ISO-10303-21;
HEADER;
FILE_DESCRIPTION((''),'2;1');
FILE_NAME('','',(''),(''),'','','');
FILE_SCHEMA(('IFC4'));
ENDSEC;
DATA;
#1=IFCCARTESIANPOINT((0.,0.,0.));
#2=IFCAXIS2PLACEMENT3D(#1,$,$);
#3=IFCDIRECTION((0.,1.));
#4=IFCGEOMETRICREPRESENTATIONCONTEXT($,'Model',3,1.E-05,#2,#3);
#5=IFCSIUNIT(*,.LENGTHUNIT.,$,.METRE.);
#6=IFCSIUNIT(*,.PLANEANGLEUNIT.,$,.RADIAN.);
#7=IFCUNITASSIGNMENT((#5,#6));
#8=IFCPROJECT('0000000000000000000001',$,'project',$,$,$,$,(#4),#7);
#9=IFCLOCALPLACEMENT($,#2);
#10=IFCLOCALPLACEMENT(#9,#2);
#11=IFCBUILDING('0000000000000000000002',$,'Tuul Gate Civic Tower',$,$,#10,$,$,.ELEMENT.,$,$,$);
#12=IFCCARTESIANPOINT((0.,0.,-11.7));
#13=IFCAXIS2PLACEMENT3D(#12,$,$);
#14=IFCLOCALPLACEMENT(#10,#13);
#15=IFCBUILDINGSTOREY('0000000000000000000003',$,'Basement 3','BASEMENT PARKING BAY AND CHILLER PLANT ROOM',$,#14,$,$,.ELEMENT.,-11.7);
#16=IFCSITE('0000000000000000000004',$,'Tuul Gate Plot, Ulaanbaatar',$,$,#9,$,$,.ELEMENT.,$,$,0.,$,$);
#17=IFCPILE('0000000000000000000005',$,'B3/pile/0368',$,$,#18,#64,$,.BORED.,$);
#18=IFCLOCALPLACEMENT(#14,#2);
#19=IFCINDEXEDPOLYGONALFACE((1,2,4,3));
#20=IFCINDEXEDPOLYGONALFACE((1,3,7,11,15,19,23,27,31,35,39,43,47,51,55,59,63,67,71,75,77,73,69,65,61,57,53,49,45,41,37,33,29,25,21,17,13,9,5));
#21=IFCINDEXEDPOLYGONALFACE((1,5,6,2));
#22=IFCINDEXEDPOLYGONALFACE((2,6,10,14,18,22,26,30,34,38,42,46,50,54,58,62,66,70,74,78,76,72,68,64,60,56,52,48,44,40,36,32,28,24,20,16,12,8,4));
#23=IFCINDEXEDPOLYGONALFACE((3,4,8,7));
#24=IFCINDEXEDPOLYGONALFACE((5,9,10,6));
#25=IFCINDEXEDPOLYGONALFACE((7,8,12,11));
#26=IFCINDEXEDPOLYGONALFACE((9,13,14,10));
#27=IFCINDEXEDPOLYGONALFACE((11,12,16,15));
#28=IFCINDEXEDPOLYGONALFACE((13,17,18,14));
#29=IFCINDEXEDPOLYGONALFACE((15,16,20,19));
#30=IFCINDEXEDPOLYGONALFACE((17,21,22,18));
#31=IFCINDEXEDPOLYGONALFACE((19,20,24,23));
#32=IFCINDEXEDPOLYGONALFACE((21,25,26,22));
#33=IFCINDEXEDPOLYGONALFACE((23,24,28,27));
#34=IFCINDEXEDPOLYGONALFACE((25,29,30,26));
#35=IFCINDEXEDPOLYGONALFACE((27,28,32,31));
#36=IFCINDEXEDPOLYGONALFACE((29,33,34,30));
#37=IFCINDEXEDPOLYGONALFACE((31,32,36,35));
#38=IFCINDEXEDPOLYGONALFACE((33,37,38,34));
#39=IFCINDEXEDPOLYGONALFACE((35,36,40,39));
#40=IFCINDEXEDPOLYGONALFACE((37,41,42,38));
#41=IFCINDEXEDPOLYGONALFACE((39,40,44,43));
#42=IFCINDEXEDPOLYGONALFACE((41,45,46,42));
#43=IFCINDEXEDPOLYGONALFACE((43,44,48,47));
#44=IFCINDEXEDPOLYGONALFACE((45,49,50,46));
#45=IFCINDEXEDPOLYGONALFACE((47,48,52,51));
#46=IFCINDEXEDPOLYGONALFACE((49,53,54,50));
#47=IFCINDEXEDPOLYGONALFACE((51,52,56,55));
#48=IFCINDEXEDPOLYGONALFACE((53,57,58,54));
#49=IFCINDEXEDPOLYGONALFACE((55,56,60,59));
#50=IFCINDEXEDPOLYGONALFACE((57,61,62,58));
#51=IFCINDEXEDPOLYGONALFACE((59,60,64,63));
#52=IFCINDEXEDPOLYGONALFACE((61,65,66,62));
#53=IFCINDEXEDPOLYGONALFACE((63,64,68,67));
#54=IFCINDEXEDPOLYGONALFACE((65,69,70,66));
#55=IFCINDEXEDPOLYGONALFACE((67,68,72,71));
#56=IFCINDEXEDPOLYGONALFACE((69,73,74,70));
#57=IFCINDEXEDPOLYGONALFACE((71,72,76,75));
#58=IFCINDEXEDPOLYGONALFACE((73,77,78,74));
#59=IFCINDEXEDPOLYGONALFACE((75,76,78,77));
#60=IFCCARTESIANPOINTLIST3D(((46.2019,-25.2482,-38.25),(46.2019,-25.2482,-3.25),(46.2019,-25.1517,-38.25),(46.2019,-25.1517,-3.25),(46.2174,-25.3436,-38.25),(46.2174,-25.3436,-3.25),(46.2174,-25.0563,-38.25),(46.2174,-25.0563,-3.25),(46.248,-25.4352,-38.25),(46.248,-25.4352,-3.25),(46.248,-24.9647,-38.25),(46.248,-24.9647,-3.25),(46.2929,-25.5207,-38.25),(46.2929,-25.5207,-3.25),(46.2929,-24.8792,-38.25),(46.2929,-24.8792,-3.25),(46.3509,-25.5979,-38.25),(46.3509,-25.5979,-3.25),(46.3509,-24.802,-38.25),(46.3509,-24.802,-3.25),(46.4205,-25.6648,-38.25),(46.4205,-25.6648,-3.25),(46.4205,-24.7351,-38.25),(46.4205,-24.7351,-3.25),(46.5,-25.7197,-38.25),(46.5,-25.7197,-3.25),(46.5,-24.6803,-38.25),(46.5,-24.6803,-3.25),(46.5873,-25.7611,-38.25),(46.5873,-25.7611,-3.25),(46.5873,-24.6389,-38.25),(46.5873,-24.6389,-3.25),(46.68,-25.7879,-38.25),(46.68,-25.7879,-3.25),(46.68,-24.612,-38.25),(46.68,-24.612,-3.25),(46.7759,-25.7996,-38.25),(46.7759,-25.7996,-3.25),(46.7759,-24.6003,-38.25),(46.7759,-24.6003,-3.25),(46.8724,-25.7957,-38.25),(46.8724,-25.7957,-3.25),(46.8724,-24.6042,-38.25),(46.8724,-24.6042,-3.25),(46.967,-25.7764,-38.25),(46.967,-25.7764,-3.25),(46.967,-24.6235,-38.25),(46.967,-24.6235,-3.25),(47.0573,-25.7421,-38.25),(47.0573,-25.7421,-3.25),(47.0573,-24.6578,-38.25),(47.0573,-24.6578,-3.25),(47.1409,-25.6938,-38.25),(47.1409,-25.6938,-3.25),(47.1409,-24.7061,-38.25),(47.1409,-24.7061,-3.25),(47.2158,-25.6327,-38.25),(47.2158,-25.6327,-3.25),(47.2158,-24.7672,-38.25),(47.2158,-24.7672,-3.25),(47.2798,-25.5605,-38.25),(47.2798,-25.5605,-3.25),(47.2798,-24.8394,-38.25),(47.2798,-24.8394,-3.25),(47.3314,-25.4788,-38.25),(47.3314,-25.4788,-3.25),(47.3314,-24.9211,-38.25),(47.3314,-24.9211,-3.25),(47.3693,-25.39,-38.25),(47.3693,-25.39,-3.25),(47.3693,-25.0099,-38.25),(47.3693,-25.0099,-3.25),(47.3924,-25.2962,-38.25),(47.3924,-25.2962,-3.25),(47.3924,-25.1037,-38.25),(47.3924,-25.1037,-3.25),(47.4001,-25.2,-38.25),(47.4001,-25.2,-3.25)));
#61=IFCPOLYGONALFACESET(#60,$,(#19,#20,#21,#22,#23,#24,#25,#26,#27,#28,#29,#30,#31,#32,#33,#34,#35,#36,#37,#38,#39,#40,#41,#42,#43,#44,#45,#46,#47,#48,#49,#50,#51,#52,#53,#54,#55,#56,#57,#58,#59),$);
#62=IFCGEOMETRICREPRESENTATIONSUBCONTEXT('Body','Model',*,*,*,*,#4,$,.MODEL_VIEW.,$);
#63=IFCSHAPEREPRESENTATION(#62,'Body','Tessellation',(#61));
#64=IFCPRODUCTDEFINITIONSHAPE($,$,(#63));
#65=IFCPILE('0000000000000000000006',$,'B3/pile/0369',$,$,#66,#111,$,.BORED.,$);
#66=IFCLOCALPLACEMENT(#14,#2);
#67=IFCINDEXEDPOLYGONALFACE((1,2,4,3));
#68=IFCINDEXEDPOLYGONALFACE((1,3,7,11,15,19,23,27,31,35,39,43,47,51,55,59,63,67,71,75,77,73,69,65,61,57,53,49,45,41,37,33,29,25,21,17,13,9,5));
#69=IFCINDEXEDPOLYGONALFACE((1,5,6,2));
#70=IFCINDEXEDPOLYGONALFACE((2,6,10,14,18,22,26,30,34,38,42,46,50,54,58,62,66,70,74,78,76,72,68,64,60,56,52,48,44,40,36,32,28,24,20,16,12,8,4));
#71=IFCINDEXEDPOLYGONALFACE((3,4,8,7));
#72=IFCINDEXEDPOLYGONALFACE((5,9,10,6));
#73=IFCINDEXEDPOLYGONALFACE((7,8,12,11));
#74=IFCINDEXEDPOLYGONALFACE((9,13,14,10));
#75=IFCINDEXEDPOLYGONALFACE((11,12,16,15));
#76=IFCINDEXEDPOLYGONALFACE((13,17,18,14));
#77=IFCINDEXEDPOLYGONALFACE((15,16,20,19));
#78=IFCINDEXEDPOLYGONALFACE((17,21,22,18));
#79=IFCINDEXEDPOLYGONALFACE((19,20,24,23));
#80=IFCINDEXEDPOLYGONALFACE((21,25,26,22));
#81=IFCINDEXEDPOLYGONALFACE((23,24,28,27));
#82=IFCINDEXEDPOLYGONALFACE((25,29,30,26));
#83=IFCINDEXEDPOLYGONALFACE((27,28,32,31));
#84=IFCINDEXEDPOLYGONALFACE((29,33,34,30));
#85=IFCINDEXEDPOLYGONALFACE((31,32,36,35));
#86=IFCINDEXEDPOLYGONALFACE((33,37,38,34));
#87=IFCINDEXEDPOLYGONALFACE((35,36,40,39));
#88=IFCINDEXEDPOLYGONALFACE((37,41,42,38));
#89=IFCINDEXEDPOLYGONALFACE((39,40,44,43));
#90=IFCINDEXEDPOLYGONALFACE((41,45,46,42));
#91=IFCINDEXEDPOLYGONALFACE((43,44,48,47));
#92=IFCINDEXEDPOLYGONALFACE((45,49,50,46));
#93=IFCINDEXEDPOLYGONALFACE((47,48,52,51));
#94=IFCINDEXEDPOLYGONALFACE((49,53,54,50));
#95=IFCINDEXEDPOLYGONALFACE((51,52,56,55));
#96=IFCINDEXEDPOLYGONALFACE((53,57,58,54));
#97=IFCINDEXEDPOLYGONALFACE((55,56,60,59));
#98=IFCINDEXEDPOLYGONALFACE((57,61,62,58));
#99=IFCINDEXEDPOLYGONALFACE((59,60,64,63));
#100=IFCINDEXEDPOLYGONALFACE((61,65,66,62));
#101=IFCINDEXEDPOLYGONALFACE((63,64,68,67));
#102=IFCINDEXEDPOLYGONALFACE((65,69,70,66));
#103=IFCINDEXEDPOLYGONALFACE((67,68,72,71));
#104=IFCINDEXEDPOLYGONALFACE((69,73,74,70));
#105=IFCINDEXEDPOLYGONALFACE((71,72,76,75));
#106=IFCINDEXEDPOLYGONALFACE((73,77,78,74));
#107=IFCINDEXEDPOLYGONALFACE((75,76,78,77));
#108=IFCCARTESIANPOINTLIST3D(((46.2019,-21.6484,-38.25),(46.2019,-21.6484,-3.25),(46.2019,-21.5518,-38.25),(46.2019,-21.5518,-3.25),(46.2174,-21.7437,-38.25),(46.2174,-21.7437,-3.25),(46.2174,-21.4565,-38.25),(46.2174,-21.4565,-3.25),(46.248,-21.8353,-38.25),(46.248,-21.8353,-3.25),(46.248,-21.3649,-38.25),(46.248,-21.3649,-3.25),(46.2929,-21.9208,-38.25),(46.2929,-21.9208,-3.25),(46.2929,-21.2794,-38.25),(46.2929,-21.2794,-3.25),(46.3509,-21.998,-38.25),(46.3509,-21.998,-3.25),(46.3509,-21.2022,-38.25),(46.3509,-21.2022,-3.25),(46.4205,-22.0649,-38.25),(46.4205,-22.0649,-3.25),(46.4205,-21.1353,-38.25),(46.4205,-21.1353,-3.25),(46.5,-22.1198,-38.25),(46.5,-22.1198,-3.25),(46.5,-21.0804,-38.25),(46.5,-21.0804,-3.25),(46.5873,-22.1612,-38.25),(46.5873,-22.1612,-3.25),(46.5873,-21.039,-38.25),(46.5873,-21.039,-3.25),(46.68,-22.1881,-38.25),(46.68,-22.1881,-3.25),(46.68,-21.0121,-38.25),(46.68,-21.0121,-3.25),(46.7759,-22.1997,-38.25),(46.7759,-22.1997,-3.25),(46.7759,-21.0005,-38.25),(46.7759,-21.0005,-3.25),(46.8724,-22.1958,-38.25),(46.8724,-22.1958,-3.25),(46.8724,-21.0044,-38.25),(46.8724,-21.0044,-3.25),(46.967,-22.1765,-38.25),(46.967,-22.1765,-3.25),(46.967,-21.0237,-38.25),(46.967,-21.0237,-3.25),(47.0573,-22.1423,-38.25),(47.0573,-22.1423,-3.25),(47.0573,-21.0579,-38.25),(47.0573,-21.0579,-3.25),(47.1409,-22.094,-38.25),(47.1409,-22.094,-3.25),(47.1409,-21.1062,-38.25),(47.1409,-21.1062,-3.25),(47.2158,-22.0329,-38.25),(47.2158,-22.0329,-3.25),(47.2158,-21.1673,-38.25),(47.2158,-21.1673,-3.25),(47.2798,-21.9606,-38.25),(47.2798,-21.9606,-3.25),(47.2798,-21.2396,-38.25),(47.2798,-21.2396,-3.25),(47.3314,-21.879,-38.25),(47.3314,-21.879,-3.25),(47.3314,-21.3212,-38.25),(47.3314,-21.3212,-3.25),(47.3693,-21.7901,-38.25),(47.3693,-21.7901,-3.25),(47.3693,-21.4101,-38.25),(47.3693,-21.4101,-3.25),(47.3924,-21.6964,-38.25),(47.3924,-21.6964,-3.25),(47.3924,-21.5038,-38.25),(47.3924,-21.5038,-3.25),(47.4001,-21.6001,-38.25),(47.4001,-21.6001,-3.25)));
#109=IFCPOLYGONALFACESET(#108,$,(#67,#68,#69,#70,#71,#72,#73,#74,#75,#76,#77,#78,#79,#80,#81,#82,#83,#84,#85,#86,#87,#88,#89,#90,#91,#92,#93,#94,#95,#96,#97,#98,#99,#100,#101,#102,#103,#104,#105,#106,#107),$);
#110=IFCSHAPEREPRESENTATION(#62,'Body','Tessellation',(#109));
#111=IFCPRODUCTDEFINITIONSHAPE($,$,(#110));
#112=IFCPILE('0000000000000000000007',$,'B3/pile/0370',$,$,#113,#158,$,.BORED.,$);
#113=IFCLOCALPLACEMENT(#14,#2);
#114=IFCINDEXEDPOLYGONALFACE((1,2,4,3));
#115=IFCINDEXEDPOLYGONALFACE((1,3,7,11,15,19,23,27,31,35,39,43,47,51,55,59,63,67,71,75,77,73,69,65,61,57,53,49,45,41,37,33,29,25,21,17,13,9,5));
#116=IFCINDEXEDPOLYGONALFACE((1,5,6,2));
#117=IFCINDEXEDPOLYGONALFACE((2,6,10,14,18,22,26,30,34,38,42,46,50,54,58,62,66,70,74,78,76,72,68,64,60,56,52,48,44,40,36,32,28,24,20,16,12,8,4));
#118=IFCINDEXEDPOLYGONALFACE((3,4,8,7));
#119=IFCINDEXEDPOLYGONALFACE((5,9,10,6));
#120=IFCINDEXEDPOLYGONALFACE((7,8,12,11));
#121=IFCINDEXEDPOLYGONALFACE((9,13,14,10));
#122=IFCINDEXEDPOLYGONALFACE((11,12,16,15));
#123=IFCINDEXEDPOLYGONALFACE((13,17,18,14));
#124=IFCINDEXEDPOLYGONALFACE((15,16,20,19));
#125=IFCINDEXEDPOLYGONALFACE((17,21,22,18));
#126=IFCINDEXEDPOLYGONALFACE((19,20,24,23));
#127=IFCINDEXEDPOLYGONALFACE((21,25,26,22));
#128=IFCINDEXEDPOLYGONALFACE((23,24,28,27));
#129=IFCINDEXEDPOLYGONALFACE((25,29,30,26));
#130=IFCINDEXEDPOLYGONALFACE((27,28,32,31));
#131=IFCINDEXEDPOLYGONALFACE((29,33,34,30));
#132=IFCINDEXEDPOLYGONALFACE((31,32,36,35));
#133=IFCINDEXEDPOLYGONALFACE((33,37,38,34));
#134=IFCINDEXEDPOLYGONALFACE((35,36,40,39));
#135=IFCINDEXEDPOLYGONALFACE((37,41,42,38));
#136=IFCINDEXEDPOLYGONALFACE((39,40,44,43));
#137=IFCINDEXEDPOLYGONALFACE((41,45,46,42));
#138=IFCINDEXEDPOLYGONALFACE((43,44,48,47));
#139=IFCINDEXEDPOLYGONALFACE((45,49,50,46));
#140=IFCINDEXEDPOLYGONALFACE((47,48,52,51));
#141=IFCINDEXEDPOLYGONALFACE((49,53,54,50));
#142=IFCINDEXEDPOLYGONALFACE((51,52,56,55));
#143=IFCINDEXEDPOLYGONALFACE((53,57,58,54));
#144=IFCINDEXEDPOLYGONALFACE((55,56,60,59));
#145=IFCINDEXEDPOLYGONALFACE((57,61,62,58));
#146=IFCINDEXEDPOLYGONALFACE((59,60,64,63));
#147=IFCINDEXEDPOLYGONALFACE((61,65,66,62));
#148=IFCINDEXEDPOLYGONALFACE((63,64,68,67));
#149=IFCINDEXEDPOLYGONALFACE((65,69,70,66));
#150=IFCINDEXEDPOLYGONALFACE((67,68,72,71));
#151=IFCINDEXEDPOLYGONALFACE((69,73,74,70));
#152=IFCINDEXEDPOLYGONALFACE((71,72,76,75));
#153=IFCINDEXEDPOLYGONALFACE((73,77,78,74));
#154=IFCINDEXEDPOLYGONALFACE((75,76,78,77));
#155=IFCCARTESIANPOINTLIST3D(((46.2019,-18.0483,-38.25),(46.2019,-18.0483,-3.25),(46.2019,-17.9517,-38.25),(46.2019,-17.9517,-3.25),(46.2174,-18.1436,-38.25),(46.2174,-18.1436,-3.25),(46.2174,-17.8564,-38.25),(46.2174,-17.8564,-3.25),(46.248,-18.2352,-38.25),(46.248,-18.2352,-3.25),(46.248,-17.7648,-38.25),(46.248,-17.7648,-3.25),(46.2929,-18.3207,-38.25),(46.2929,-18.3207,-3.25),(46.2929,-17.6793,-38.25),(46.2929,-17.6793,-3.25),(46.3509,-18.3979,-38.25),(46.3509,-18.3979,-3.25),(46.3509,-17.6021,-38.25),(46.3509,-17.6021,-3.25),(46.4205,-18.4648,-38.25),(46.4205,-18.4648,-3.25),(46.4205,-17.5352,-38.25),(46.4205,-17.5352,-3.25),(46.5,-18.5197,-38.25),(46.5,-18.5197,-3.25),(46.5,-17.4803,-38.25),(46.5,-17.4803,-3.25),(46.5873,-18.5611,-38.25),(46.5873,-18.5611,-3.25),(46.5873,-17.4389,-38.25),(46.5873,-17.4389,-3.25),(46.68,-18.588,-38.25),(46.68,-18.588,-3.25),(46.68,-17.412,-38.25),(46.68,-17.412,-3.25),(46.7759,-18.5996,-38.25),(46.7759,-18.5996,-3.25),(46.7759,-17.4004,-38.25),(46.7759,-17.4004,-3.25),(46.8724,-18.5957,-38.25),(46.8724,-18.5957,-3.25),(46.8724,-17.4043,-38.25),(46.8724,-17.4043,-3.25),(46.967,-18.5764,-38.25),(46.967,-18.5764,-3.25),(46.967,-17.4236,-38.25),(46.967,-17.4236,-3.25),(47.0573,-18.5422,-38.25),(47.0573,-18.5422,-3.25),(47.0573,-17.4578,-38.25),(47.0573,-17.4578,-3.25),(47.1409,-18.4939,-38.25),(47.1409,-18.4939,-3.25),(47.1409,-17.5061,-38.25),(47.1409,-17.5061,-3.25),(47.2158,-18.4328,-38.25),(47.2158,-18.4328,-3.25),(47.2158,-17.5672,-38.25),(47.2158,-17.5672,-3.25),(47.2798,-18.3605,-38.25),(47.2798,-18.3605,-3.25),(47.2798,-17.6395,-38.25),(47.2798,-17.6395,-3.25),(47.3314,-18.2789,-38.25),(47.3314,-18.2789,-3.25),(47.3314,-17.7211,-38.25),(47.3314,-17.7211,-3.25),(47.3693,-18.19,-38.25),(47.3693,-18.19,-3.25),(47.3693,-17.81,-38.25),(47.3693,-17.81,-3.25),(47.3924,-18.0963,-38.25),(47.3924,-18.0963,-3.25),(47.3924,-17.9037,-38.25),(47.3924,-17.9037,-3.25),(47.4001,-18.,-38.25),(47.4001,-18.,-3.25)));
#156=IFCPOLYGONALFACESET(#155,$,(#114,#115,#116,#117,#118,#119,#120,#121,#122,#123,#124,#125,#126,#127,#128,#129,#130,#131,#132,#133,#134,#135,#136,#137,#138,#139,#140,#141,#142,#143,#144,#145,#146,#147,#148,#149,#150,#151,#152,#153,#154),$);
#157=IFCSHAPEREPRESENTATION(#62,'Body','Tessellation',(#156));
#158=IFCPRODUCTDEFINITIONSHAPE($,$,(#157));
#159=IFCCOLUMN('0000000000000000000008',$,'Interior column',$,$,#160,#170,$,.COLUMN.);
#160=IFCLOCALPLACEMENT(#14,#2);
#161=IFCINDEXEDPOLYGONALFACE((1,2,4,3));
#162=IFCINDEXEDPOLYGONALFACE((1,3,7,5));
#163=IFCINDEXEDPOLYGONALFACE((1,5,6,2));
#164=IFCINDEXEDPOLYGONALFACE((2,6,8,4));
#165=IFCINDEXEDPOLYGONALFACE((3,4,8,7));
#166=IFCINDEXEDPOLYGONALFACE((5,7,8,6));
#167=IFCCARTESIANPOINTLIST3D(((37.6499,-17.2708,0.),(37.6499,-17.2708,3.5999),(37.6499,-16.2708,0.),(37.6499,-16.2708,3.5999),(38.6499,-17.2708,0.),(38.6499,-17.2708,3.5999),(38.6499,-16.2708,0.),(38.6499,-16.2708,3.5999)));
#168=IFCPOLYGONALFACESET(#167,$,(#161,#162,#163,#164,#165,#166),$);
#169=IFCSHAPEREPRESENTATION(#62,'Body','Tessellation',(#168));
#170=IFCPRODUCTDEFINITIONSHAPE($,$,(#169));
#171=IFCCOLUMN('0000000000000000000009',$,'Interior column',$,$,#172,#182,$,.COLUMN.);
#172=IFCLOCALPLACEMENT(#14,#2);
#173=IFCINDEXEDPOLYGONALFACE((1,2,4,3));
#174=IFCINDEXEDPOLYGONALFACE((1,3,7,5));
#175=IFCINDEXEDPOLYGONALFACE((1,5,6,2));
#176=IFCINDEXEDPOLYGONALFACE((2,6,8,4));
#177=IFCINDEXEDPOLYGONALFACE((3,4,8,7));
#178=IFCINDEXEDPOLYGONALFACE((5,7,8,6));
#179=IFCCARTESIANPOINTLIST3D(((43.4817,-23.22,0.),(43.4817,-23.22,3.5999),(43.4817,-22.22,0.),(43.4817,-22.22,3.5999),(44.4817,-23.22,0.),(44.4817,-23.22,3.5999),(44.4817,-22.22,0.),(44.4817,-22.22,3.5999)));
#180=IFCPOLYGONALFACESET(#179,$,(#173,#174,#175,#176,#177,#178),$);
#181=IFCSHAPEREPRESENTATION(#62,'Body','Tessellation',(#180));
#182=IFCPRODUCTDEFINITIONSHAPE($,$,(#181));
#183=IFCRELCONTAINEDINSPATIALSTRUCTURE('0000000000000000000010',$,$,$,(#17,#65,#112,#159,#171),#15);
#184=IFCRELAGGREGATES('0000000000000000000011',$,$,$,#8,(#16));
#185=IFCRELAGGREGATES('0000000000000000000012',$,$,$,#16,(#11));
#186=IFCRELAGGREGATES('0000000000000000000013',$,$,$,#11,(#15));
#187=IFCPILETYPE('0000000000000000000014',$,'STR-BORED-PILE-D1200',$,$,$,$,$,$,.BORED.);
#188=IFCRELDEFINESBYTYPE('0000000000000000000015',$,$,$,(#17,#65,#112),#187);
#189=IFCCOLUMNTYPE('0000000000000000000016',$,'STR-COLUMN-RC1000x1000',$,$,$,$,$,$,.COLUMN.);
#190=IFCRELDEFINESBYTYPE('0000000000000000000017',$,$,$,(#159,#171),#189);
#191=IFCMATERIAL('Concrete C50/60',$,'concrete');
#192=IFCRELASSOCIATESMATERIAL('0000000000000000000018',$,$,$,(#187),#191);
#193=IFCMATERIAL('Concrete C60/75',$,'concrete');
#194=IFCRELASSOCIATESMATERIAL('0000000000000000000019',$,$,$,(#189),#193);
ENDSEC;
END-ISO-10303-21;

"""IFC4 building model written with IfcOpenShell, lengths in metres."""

from ifc_helpers import new_model, si_unit, direction, frame, origin, origin_2d, place, context, subcontext, project, spatial, rectangle, circle, extrude, material, material_profile, profile_set, type_object, element, save


model = new_model("IFC4")

# Units and contexts
model_context = context("Model", 3, precision=1e-05, world=origin(), true_north=direction((0.0, 1.0)))
body_context = subcontext(model_context, "Body", "Model", "MODEL_VIEW")
ifc_project = project(units=[si_unit("LENGTHUNIT", "METRE"), si_unit("PLANEANGLEUNIT", "RADIAN")], contexts=[model_context])

# Site, building, storey
site_placement = place(None, origin())
site = spatial("IfcSite", under=ifc_project, at=site_placement, Name="Tuul Gate Plot, Ulaanbaatar", CompositionType="ELEMENT", RefElevation=0.0)
building_placement = place(site_placement, origin())
building = spatial("IfcBuilding", under=site, at=building_placement, Name="Tuul Gate Civic Tower", CompositionType="ELEMENT")
storey_placement = place(building_placement, frame((0.0, 0.0, -11.7)))
storey = spatial("IfcBuildingStorey", under=building, at=storey_placement, Name="Basement 3", Description="BASEMENT PARKING BAY AND CHILLER PLANT ROOM", CompositionType="ELEMENT", Elevation=-11.7)

# Piles
ifc_material_1 = material(Name="Concrete C50/60", Category="concrete")
ifc_material_profile_1 = material_profile(ifc_material_1, circle(Radius=0.6001, at=origin_2d()), Name="PILE1200")
ifc_profile_set_1 = profile_set([ifc_material_profile_1], Name="Concrete C50/60")
pile_type = type_object("IfcPileType", Name="STR-BORED-PILE-D1200", PredefinedType="BORED", material=ifc_profile_set_1)
for number, where, z_axis, x_axis, name in (
    (1, (46.8, -25.2, -3.25), (0.0, 0.0, -1.0), (1.0, 0.0, 0.0), "B3/pile/0368"),
    (2, (46.8, -21.6001, -3.25), (0.0, 0.0, -1.0), (1.0, 0.0, 0.0), "B3/pile/0369"),
    (3, (46.8, -18.0, -3.25), (0.0, 0.0, -1.0), (1.0, 0.0, 0.0), "B3/pile/0370"),
):
    element("IfcPile", number, at=place(storey_placement, frame(where, z_axis=z_axis, x_axis=x_axis)), inside=storey, type_object=pile_type, Name=name, PredefinedType="BORED", context=body_context, shape_type="SweptSolid", body=[
        extrude(circle(Radius=0.6001, at=origin_2d()), origin(), (0.0, 0.0, 1.0), 35.0),
    ])

# Columns
ifc_material_2 = material(Name="Concrete C60/75", Category="concrete")
ifc_material_profile_2 = material_profile(ifc_material_2, rectangle(XDim=1.0, YDim=1.0, at=origin_2d()), Name="RC1000x1000")
ifc_profile_set_2 = profile_set([ifc_material_profile_2], Name="Concrete C60/75")
column_type = type_object("IfcColumnType", Name="STR-COLUMN-RC1000x1000", PredefinedType="COLUMN", material=ifc_profile_set_2)
for number, where, z_axis, x_axis, name in (
    (4, (38.1499, -16.7708, 0.0), (0.0, 0.0, 1.0), (1.0, 0.0, 0.0), "Interior column"),
    (5, (43.9817, -22.72, 0.0), (0.0, 0.0, 1.0), (1.0, 0.0, 0.0), "Interior column"),
):
    element("IfcColumn", number, at=place(storey_placement, frame(where, z_axis=z_axis, x_axis=x_axis)), inside=storey, type_object=column_type, Name=name, PredefinedType="COLUMN", context=body_context, shape_type="SweptSolid", body=[
        extrude(rectangle(XDim=1.0, YDim=1.0, at=origin_2d()), origin(), (0.0, 0.0, 1.0), 3.5999),
    ])

save(model, "model.ifc")
